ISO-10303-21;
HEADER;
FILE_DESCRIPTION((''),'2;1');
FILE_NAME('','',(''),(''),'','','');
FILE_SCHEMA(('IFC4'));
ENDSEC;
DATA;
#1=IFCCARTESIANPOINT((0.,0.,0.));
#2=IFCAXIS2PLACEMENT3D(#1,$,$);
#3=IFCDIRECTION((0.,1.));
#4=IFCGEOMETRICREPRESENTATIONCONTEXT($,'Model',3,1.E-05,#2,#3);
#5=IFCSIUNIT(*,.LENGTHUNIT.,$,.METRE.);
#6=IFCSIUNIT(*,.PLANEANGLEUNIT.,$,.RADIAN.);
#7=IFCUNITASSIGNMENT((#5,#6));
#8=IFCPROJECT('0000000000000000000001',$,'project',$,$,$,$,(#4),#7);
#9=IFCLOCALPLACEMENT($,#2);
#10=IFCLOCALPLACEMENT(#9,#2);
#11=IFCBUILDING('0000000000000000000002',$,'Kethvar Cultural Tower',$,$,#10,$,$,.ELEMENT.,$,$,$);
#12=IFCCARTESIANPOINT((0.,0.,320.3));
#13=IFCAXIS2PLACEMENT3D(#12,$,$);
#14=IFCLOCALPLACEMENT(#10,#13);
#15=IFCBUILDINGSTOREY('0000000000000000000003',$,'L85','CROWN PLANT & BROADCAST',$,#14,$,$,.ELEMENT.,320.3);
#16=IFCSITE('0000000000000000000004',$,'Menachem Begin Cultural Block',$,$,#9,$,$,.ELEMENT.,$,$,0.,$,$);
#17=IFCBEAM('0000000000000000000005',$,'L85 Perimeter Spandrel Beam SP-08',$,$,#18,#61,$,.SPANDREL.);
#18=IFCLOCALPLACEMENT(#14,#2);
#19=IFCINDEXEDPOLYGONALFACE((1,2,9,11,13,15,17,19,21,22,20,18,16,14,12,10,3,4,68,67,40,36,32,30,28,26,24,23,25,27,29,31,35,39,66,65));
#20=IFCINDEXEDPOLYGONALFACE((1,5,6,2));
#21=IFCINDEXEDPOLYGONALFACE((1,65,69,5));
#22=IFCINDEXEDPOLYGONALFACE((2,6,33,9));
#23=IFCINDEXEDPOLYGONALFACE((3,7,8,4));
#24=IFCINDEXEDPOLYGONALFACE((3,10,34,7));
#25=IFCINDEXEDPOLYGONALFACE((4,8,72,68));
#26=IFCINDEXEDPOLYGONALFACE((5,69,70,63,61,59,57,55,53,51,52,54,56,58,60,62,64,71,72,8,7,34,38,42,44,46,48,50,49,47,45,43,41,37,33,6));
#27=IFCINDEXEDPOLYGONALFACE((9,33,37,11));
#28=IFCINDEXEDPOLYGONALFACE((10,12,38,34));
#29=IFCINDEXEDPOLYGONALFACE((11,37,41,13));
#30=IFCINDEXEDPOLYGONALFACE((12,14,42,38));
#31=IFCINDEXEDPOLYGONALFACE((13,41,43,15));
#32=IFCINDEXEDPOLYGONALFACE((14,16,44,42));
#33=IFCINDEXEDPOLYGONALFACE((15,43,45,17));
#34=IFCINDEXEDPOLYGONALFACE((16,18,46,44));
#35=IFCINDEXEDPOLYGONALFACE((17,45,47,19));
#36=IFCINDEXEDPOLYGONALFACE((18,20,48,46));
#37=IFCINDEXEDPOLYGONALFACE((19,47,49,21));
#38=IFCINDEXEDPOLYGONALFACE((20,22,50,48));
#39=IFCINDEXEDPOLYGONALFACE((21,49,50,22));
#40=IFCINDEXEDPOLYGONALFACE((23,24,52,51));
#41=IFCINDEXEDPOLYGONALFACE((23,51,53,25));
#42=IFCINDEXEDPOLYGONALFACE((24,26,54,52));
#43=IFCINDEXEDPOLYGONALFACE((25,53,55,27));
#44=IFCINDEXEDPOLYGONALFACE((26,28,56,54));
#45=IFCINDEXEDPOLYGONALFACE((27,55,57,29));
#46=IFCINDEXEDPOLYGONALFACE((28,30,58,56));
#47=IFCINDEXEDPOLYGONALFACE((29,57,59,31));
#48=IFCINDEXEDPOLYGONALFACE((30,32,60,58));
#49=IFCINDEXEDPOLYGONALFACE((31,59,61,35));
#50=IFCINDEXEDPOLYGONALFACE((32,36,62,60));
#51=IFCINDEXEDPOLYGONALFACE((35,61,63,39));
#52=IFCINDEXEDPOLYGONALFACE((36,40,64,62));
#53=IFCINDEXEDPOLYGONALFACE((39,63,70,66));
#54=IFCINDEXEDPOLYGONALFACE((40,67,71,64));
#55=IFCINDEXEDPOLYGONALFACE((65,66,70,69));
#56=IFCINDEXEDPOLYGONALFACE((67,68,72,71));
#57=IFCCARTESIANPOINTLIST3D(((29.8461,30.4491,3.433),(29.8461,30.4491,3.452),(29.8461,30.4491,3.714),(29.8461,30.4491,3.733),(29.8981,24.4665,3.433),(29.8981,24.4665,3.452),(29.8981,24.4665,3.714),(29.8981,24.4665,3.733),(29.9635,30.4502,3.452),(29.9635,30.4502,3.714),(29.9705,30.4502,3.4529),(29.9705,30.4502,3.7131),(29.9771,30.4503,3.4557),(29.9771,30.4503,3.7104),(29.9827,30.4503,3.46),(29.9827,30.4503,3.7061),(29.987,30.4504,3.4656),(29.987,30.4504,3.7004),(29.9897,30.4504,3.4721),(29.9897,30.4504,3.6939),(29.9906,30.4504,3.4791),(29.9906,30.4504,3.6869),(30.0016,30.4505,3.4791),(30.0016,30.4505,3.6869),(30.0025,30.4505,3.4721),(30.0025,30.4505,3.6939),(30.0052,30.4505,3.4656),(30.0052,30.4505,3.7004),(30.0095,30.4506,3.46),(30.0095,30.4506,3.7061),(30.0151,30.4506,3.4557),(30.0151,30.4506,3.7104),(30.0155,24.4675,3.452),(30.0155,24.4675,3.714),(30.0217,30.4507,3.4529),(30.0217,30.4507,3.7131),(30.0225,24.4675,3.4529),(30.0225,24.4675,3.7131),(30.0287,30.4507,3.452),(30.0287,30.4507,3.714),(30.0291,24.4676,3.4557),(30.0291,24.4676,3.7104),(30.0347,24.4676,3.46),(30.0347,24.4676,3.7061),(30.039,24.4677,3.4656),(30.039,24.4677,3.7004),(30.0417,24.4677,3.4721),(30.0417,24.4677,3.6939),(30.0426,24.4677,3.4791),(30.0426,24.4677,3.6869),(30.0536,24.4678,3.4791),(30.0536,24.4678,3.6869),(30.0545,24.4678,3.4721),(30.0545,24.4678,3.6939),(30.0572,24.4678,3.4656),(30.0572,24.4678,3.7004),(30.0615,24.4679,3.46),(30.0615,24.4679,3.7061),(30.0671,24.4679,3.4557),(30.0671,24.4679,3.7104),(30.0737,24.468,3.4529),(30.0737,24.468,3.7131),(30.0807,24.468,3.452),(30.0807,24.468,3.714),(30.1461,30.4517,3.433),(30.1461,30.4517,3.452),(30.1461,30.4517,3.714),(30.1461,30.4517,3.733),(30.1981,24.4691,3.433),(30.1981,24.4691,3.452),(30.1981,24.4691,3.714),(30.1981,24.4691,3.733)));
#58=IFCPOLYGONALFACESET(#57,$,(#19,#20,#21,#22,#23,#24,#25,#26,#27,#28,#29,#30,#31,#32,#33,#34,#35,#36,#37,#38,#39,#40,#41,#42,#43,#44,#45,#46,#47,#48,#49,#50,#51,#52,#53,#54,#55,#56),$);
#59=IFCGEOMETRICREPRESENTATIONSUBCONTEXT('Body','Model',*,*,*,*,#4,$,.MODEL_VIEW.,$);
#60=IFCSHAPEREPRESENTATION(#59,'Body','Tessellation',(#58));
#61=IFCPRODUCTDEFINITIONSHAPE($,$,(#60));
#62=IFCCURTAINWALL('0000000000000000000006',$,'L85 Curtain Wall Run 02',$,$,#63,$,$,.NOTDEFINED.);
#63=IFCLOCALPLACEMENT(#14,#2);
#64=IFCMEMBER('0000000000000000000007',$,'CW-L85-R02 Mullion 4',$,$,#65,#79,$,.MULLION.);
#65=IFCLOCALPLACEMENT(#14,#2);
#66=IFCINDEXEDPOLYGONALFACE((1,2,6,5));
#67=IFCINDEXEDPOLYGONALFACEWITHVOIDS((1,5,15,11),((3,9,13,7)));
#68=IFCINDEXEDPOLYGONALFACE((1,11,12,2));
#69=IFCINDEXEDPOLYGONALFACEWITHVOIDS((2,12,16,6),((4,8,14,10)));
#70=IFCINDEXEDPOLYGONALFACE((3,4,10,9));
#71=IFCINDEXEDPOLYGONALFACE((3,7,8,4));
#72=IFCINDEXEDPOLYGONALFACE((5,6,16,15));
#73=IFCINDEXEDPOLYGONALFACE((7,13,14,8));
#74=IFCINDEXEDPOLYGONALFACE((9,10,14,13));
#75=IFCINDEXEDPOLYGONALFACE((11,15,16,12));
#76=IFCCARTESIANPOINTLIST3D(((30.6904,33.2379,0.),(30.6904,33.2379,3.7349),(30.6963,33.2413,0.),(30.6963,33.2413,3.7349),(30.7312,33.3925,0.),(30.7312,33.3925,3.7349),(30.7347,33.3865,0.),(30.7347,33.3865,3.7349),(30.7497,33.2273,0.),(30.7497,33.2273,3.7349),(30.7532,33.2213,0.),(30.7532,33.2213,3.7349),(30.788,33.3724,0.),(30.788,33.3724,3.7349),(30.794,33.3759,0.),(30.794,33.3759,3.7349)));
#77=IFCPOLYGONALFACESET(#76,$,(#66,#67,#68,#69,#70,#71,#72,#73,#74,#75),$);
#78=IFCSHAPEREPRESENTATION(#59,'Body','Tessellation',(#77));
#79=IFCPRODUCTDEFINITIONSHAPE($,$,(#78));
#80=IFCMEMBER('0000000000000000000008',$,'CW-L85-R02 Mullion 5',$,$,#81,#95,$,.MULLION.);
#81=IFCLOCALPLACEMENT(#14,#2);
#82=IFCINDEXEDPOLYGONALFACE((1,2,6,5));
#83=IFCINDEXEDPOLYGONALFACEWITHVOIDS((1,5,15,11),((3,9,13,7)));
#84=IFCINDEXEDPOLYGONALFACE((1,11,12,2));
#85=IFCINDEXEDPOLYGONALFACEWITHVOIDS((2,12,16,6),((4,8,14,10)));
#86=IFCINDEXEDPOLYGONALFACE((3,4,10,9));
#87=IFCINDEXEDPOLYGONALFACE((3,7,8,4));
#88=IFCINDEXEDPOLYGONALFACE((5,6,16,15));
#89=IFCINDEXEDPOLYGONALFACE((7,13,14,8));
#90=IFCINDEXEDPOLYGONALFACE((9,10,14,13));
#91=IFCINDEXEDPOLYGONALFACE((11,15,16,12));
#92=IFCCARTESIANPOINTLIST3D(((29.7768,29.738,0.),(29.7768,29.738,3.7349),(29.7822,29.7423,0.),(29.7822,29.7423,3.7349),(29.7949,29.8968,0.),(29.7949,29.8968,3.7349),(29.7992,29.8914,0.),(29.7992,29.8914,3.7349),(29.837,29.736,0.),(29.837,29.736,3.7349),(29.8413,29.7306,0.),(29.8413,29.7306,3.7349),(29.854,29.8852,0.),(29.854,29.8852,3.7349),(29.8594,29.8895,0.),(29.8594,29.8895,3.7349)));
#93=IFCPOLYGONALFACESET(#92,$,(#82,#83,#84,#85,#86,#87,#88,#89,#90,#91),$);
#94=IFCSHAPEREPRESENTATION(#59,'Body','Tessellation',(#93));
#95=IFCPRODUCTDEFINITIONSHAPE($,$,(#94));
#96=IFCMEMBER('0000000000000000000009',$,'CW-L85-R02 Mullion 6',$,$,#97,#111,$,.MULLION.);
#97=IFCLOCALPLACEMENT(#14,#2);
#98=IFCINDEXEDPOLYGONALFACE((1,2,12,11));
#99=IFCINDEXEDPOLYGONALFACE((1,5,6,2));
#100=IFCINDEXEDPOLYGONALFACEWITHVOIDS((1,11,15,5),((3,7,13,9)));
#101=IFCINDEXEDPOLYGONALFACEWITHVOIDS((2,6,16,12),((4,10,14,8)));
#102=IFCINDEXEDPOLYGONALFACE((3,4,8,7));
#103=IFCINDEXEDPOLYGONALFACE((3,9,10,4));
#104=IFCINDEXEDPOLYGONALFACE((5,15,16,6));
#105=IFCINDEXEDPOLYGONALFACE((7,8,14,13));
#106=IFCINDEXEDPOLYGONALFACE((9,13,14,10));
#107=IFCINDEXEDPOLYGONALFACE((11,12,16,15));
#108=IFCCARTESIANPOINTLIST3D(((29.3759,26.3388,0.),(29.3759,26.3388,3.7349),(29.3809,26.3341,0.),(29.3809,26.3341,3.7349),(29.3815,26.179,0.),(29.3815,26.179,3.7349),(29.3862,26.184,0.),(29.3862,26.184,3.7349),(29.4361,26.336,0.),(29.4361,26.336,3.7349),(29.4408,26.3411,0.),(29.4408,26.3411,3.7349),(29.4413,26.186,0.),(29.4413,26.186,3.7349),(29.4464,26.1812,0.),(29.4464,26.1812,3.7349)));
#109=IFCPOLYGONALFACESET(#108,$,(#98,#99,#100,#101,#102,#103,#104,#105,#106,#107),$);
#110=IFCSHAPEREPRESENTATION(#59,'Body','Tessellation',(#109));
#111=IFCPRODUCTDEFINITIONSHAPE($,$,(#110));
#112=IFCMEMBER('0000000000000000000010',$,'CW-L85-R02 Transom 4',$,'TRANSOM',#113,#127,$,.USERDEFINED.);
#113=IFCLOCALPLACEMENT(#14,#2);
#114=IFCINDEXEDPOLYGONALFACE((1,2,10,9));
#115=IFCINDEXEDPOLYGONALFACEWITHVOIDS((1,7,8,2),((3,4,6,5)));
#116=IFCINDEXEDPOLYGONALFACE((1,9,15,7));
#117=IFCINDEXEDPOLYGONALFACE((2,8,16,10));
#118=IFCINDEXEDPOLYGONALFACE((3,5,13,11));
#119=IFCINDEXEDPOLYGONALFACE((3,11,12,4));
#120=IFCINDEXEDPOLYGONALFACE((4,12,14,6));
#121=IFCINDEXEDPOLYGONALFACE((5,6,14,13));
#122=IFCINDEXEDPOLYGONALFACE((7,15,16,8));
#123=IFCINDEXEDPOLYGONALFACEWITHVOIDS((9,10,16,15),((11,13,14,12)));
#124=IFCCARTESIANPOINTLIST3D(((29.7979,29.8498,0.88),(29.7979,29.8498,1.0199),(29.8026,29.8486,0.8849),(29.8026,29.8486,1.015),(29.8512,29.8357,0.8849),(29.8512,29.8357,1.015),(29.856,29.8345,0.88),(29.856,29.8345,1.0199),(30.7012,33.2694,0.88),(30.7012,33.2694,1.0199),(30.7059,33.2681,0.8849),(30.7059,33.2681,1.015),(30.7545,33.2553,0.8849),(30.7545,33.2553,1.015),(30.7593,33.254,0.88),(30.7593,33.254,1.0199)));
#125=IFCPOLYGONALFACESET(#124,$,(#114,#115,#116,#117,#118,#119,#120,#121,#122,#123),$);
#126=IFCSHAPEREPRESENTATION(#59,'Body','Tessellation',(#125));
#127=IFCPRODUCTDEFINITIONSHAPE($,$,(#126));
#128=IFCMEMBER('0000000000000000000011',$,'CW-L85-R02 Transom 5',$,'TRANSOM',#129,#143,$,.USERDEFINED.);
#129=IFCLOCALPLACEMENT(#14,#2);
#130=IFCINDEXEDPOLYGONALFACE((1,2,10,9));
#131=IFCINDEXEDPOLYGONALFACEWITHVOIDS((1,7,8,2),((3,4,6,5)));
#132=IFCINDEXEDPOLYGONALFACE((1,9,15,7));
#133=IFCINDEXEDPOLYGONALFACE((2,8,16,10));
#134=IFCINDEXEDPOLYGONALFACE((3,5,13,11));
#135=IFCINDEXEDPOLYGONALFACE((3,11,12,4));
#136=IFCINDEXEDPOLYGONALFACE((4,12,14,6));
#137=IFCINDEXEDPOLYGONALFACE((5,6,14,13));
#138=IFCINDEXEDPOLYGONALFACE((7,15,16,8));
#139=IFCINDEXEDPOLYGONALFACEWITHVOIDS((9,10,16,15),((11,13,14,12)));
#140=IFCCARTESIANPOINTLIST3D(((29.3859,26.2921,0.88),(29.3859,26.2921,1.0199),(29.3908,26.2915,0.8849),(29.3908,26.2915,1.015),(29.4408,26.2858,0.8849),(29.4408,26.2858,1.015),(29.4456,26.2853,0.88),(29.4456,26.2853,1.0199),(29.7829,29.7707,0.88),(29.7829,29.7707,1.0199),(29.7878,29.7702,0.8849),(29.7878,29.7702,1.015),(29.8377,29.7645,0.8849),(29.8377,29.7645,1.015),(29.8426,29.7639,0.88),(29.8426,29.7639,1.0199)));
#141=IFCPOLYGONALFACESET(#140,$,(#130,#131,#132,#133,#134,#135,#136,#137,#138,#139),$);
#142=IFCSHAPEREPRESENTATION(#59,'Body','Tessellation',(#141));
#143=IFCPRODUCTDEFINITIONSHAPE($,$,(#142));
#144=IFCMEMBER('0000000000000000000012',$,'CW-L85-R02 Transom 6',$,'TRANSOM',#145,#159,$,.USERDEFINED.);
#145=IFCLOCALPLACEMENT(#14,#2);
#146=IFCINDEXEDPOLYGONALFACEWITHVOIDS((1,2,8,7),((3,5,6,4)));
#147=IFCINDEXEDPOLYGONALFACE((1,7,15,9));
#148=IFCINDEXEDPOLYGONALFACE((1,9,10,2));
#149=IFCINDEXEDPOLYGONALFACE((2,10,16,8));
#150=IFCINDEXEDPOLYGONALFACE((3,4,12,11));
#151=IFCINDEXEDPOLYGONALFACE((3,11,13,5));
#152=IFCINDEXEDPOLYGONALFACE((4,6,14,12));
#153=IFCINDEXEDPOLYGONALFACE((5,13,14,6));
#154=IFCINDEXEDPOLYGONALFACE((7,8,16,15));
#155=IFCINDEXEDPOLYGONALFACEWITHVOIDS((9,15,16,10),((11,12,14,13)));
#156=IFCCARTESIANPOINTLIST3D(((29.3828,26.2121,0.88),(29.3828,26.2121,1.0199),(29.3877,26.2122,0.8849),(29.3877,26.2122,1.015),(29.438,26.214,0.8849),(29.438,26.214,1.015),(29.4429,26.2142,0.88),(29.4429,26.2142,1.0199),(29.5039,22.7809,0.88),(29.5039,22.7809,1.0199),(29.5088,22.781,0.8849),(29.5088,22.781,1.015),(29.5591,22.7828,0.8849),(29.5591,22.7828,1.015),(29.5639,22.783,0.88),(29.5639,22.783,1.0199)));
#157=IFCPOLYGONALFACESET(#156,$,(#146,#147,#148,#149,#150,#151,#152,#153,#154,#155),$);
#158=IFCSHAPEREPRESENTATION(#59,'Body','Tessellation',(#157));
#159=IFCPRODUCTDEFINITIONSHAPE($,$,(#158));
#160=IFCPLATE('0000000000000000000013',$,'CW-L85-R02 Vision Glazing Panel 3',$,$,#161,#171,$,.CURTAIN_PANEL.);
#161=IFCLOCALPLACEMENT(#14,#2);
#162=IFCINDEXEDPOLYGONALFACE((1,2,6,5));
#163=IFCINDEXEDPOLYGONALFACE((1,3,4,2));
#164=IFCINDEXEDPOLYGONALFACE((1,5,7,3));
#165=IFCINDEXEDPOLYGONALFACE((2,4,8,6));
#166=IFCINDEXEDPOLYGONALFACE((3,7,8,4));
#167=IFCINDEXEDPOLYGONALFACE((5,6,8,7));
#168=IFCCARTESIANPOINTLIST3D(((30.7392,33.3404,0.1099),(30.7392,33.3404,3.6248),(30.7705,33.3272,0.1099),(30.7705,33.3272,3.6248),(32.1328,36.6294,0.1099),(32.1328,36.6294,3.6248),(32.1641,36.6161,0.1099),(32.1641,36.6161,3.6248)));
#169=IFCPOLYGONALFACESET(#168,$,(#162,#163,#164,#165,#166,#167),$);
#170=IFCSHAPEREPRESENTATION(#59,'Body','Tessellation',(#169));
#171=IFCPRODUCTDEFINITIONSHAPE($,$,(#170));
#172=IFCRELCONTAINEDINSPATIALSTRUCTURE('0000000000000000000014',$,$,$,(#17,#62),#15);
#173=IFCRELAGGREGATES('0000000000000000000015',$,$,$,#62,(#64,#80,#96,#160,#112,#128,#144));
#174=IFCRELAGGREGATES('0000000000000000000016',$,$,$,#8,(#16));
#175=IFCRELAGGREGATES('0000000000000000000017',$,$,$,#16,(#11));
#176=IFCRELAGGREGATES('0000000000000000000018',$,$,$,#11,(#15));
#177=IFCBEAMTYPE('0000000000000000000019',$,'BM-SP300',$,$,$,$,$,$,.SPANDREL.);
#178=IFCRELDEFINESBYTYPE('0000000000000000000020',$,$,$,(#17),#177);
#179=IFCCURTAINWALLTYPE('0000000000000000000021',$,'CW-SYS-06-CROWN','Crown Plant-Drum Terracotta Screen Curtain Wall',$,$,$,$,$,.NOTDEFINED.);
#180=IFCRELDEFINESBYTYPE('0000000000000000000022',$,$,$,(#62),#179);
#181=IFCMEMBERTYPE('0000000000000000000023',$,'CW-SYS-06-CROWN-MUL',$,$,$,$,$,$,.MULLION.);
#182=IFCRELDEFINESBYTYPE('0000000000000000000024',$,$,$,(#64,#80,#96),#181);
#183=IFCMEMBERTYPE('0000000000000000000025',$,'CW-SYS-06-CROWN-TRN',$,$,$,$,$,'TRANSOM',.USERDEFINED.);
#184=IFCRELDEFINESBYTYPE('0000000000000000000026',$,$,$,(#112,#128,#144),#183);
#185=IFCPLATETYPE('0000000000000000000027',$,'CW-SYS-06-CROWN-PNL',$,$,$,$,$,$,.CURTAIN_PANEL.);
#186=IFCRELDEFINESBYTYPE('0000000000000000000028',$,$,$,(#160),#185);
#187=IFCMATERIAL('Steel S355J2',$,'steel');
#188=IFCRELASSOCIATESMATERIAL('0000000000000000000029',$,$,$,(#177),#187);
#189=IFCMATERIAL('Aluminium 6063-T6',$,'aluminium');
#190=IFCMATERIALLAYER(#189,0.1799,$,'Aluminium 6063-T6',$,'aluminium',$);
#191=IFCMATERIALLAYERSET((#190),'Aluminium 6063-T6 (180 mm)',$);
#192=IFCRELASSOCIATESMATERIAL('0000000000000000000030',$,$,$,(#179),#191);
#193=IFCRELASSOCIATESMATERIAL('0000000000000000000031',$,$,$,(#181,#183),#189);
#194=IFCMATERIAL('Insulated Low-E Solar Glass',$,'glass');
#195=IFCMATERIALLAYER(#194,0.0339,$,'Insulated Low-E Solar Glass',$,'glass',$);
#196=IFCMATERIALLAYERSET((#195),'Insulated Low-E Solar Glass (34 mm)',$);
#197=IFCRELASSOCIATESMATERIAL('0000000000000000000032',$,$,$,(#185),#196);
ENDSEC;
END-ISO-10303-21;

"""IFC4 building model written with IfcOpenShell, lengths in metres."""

from ifc_helpers import new_model, si_unit, direction, frame, origin, origin_2d, place, context, subcontext, project, spatial, rectangle, hollow_rectangle, i_section, extrude, source, transform, mapped, material, layer, layer_set, material_profile, profile_set, type_object, element, aggregate, save


model = new_model("IFC4")

# Units and contexts
model_context = context("Model", 3, precision=1e-05, world=origin(), true_north=direction((0.0, 1.0)))
body_context = subcontext(model_context, "Body", "Model", "MODEL_VIEW")
ifc_project = project(units=[si_unit("LENGTHUNIT", "METRE"), si_unit("PLANEANGLEUNIT", "RADIAN")], contexts=[model_context])

# Site, building, storey
site_placement = place(None, origin())
site = spatial("IfcSite", under=ifc_project, at=site_placement, Name="Menachem Begin Cultural Block", CompositionType="ELEMENT", RefElevation=0.0)
building_placement = place(site_placement, origin())
building = spatial("IfcBuilding", under=site, at=building_placement, Name="Kethvar Cultural Tower", CompositionType="ELEMENT")
storey_placement = place(building_placement, frame((0.0, 0.0, 320.3)))
storey = spatial("IfcBuildingStorey", under=building, at=storey_placement, Name="L85", Description="CROWN PLANT & BROADCAST", CompositionType="ELEMENT", Elevation=320.3)

# Shared definitions
ifc_material_1 = material(Name="Steel S355J2", Category="steel")

# Beam
ifc_material_profile_1 = material_profile(ifc_material_1, i_section(OverallWidth=0.3, OverallDepth=0.3, WebThickness=0.011, FlangeThickness=0.019, FilletRadius=0.0271, at=origin_2d()), Name="Steel S355J2 — HEB300")
ifc_profile_set_1 = profile_set([ifc_material_profile_1], Name="Steel S355J2 — HEB300")
beam_type_1 = type_object("IfcBeamType", Name="BM-SP300", PredefinedType="SPANDREL", material=ifc_profile_set_1)
shared_shape_1 = source(origin(), body_context, "Body", "SweptSolid", [
    extrude(i_section(OverallWidth=0.3, OverallDepth=0.3, WebThickness=0.011, FlangeThickness=0.019, FilletRadius=0.0271, at=origin_2d()), origin(), (0.0, 0.0, 1.0), 5.9829),
])
beam_1_placement = place(storey_placement, frame((29.9961, 30.4504, 3.583), z_axis=(0.008692, -0.999962, 0.0), x_axis=(0.999962, 0.008692, 0.0)))
element("IfcBeam", 1, at=beam_1_placement, inside=storey, type_object=beam_type_1, Name="L85 Perimeter Spandrel Beam SP-08", PredefinedType="SPANDREL", context=body_context, shape_type="MappedRepresentation", body=[
    mapped(shared_shape_1, transform((0.0, 0.0, 0.0), scale=1.0)),
])

# Curtain wall, members, plate
ifc_material_2 = material(Name="Aluminium 6063-T6", Category="aluminium")
ifc_layer_1 = layer(ifc_material_2, 0.1799, Name="Aluminium 6063-T6", Category="aluminium")
ifc_layer_set_1 = layer_set([ifc_layer_1], Name="Aluminium 6063-T6 (180 mm)")
curtain_wall_type = type_object("IfcCurtainWallType", Name="CW-SYS-06-CROWN", Description="Crown Plant-Drum Terracotta Screen Curtain Wall", PredefinedType="NOTDEFINED", material=ifc_layer_set_1)
curtain_wall_placement = place(storey_placement, origin())
curtain_wall = element("IfcCurtainWall", 2, at=curtain_wall_placement, inside=storey, type_object=curtain_wall_type, Name="L85 Curtain Wall Run 02", PredefinedType="NOTDEFINED")
ifc_material_profile_2 = material_profile(ifc_material_2, hollow_rectangle(XDim=0.0649, YDim=0.1599, WallThickness=0.0049, at=origin_2d()), Name="Aluminium 6063-T6 — RHS160x65x5")
ifc_profile_set_2 = profile_set([ifc_material_profile_2], Name="Aluminium 6063-T6 — RHS160x65x5")
member_type_1 = type_object("IfcMemberType", Name="CW-SYS-06-CROWN-MUL", PredefinedType="MULLION", material=ifc_profile_set_2)
shared_shape_2 = source(origin(), body_context, "Body", "SweptSolid", [
    extrude(hollow_rectangle(XDim=0.0649, YDim=0.1599, WallThickness=0.0049, at=origin_2d()), origin(), (0.0, 0.0, 1.0), 3.7349),
])
member_1_placement = place(storey_placement, frame((30.7422, 33.3069, 0.0), z_axis=(0.0, 0.0, 1.0), x_axis=(0.966832, -0.255412, 0.0)))
member_1 = element("IfcMember", 3, at=member_1_placement, type_object=member_type_1, Name="CW-L85-R02 Mullion 4", PredefinedType="MULLION", context=body_context, shape_type="MappedRepresentation", body=[
    mapped(shared_shape_2, transform((0.0, 0.0, 0.0), scale=1.0)),
])
member_2_placement = place(storey_placement, frame((29.8181, 29.8137, 0.0), z_axis=(0.0, 0.0, 1.0), x_axis=(0.993552, -0.113377, 0.0)))
member_2 = element("IfcMember", 4, at=member_2_placement, type_object=member_type_1, Name="CW-L85-R02 Mullion 5", PredefinedType="MULLION", context=body_context, shape_type="MappedRepresentation", body=[
    mapped(shared_shape_2, transform((0.0, 0.0, 0.0), scale=1.0)),
])
member_3_placement = place(storey_placement, frame((29.4111, 26.26, 0.0), z_axis=(0.0, 0.0, 1.0), x_axis=(0.999379, 0.035248, 0.0)))
member_3 = element("IfcMember", 5, at=member_3_placement, type_object=member_type_1, Name="CW-L85-R02 Mullion 6", PredefinedType="MULLION", context=body_context, shape_type="MappedRepresentation", body=[
    mapped(shared_shape_2, transform((0.0, 0.0, 0.0), scale=1.0)),
])
ifc_material_profile_3 = material_profile(ifc_material_2, hollow_rectangle(XDim=0.0601, YDim=0.1399, WallThickness=0.0049, at=origin_2d()), Name="Aluminium 6063-T6 — RHS140x60x5")
ifc_profile_set_3 = profile_set([ifc_material_profile_3], Name="Aluminium 6063-T6 — RHS140x60x5")
member_type_2 = type_object("IfcMemberType", Name="CW-SYS-06-CROWN-TRN", ElementType="TRANSOM", PredefinedType="USERDEFINED", material=ifc_profile_set_3)
shared_shape_3 = source(origin(), body_context, "Body", "SweptSolid", [
    extrude(hollow_rectangle(XDim=0.0601, YDim=0.1399, WallThickness=0.0049, at=origin_2d()), origin(), (0.0, 0.0, 1.0), 3.5369),
])
member_4_placement = place(storey_placement, frame((30.7302, 33.2617, 0.95), z_axis=(-0.255394, -0.966837, 0.0), x_axis=(0.966837, -0.255394, 0.0)))
member_4 = element("IfcMember", 6, at=member_4_placement, type_object=member_type_2, Name="CW-L85-R02 Transom 4", ObjectType="TRANSOM", PredefinedType="USERDEFINED", context=body_context, shape_type="MappedRepresentation", body=[
    mapped(shared_shape_3, transform((0.0, 0.0, 0.0), scale=1.0)),
])
shared_shape_4 = source(origin(), body_context, "Body", "SweptSolid", [
    extrude(hollow_rectangle(XDim=0.0601, YDim=0.1399, WallThickness=0.0049, at=origin_2d()), origin(), (0.0, 0.0, 1.0), 3.5012),
])
member_5_placement = place(storey_placement, frame((29.8127, 29.7673, 0.95), z_axis=(-0.113377, -0.993552, 0.0), x_axis=(0.993552, -0.113377, 0.0)))
member_5 = element("IfcMember", 7, at=member_5_placement, type_object=member_type_2, Name="CW-L85-R02 Transom 5", ObjectType="TRANSOM", PredefinedType="USERDEFINED", context=body_context, shape_type="MappedRepresentation", body=[
    mapped(shared_shape_4, transform((0.0, 0.0, 0.0), scale=1.0)),
])
shared_shape_5 = source(origin(), body_context, "Body", "SweptSolid", [
    extrude(hollow_rectangle(XDim=0.0601, YDim=0.1399, WallThickness=0.0049, at=origin_2d()), origin(), (0.0, 0.0, 1.0), 3.4333),
])
member_6_placement = place(storey_placement, frame((29.4128, 26.2131, 0.95), z_axis=(0.03527, -0.999378, 0.0), x_axis=(0.999378, 0.03527, 0.0)))
member_6 = element("IfcMember", 8, at=member_6_placement, type_object=member_type_2, Name="CW-L85-R02 Transom 6", ObjectType="TRANSOM", PredefinedType="USERDEFINED", context=body_context, shape_type="MappedRepresentation", body=[
    mapped(shared_shape_5, transform((0.0, 0.0, 0.0), scale=1.0)),
])
ifc_material_3 = material(Name="Insulated Low-E Solar Glass", Category="glass")
ifc_layer_2 = layer(ifc_material_3, 0.0339, Name="Insulated Low-E Solar Glass", Category="glass")
ifc_layer_set_2 = layer_set([ifc_layer_2], Name="Insulated Low-E Solar Glass (34 mm)")
plate_type = type_object("IfcPlateType", Name="CW-SYS-06-CROWN-PNL", PredefinedType="CURTAIN_PANEL", material=ifc_layer_set_2)
shared_shape_6 = source(origin(), body_context, "Body", "SweptSolid", [
    extrude(rectangle(XDim=3.572, YDim=0.0339, at=origin_2d()), origin(), (0.0, 0.0, 1.0), 3.5149),
])
plate_1_placement = place(storey_placement, frame((31.4517, 34.9783, 0.1099), z_axis=(0.0, 0.0, 1.0), x_axis=(-0.390137, -0.920757, 0.0)))
plate_1 = element("IfcPlate", 9, at=plate_1_placement, type_object=plate_type, Name="CW-L85-R02 Vision Glazing Panel 3", PredefinedType="CURTAIN_PANEL", context=body_context, shape_type="MappedRepresentation", body=[
    mapped(shared_shape_6, transform((0.0, 0.0, 0.0), scale=1.0)),
])
aggregate(curtain_wall, [member_1, member_2, member_3, plate_1, member_4, member_5, member_6])

save(model, "model.ifc")
